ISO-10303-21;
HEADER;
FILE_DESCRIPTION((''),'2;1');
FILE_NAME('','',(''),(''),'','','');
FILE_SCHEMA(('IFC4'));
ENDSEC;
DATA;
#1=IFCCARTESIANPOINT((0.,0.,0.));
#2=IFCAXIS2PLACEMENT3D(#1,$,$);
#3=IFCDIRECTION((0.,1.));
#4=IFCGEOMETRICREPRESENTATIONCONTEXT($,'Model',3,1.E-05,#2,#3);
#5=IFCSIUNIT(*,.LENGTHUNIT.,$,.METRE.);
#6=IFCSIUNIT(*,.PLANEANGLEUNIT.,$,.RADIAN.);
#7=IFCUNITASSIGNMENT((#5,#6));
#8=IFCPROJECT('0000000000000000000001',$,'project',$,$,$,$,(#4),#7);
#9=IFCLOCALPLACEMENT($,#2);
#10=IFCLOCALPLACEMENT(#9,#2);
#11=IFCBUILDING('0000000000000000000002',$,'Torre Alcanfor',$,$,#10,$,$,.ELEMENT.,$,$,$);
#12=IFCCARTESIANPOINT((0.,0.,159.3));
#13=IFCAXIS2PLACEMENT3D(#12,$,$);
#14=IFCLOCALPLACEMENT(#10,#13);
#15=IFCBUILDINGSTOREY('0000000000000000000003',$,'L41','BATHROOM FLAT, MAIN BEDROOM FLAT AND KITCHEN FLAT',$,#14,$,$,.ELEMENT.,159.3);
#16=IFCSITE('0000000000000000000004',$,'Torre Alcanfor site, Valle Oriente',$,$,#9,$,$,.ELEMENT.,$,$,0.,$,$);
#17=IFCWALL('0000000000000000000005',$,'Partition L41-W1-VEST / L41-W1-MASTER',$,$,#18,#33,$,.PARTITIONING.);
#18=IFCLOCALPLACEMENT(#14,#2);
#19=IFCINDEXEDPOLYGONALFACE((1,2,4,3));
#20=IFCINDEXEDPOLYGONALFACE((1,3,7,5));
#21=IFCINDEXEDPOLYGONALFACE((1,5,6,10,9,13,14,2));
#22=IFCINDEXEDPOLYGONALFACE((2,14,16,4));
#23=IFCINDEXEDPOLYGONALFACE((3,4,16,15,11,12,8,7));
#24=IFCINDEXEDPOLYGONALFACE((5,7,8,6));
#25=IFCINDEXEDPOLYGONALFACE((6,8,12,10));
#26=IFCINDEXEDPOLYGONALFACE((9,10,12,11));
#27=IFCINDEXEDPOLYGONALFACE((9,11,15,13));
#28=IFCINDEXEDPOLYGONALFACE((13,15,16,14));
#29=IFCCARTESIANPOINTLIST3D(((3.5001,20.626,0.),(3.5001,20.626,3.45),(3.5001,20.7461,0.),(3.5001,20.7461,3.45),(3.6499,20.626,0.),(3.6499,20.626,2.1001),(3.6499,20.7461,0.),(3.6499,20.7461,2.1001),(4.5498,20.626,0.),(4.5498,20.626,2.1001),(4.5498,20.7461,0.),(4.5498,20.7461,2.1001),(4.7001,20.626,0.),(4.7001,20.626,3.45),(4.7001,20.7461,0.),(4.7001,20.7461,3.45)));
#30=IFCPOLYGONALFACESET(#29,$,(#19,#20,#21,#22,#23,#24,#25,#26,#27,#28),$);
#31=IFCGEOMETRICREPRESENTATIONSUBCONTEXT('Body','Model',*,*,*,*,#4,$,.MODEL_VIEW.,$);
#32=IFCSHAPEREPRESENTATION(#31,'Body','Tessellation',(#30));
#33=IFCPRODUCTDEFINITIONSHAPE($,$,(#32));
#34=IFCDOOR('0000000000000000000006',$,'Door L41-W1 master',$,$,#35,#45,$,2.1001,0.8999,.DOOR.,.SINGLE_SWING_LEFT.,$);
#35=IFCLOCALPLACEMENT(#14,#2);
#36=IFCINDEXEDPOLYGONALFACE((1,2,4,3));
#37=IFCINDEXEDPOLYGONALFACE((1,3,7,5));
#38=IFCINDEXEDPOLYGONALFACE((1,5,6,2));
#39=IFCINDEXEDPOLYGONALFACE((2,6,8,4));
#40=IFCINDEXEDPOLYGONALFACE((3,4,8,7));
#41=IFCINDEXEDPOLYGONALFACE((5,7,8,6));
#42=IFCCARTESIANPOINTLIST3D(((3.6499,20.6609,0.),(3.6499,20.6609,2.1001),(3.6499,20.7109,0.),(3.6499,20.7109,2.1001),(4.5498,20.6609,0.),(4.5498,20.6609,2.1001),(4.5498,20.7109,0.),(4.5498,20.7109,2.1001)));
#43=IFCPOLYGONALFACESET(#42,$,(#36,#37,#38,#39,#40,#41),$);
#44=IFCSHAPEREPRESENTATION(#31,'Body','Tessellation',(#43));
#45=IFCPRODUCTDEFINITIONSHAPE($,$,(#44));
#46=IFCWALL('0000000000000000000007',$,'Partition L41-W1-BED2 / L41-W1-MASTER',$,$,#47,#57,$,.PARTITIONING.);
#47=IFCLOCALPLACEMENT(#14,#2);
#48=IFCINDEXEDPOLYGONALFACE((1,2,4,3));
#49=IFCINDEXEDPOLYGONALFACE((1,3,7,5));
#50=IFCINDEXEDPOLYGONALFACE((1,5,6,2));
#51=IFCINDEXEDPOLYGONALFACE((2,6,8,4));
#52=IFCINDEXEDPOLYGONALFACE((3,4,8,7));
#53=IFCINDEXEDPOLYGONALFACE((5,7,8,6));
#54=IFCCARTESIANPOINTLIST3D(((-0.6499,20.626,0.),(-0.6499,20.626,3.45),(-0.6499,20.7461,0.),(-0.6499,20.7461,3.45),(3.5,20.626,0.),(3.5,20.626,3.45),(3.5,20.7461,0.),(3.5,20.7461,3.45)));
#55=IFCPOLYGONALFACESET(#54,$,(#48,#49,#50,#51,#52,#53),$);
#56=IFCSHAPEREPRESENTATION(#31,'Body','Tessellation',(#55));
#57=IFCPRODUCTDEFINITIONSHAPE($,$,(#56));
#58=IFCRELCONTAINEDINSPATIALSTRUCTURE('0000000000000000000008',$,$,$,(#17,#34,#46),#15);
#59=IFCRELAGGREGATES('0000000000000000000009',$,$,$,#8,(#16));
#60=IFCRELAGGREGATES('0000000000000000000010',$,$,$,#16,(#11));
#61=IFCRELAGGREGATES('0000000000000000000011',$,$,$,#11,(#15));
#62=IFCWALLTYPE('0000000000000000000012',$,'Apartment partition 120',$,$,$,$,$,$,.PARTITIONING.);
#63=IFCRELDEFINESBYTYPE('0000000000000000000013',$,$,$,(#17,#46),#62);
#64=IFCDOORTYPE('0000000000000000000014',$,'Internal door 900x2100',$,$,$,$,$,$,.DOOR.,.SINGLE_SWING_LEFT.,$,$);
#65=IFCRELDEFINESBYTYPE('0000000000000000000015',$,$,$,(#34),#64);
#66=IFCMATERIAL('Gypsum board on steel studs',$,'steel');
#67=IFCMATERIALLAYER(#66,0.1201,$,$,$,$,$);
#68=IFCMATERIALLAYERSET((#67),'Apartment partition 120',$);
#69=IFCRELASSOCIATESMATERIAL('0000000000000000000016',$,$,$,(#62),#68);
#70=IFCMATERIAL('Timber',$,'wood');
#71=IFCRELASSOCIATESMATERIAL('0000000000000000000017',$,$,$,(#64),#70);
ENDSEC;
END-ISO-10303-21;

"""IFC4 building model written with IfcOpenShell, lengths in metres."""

from ifc_helpers import new_model, si_unit, direction, frame, frame_2d, origin, place, context, subcontext, project, spatial, rectangle, extrude, material, layer, layer_set, type_object, element, fill, save


model = new_model("IFC4")

# Units and contexts
model_context = context("Model", 3, precision=1e-05, world=origin(), true_north=direction((0.0, 1.0)))
body_context = subcontext(model_context, "Body", "Model", "MODEL_VIEW")
ifc_project = project(units=[si_unit("LENGTHUNIT", "METRE"), si_unit("PLANEANGLEUNIT", "RADIAN")], contexts=[model_context])

# Site, building, storey
site_placement = place(None, origin())
site = spatial("IfcSite", under=ifc_project, at=site_placement, Name="Torre Alcanfor site, Valle Oriente", CompositionType="ELEMENT", RefElevation=0.0)
building_placement = place(site_placement, origin())
building = spatial("IfcBuilding", under=site, at=building_placement, Name="Torre Alcanfor", CompositionType="ELEMENT")
storey_placement = place(building_placement, frame((0.0, 0.0, 159.3)))
storey = spatial("IfcBuildingStorey", under=building, at=storey_placement, Name="L41", Description="BATHROOM FLAT, MAIN BEDROOM FLAT AND KITCHEN FLAT", CompositionType="ELEMENT", Elevation=159.3)

# Shared definitions
ifc_material_1 = material(Name="Gypsum board on steel studs", Category="steel")
ifc_layer_1 = layer(ifc_material_1, 0.1201)
ifc_layer_set_1 = layer_set([ifc_layer_1], Name="Apartment partition 120")
wall_type = type_object("IfcWallType", Name="Apartment partition 120", PredefinedType="PARTITIONING", material=ifc_layer_set_1)

# Shared definitions
ifc_material_2 = material(Name="Timber", Category="wood")
door_type = type_object("IfcDoorType", Name="Internal door 900x2100", OperationType="SINGLE_SWING_LEFT", PredefinedType="DOOR", material=ifc_material_2)

# Wall, opening, door
wall_1_placement = place(storey_placement, frame((3.5, 20.686, 0.0), z_axis=(0.0, 0.0, 1.0), x_axis=(1.0, 0.0, 0.0)))
wall_1 = element("IfcWall", 1, at=wall_1_placement, inside=storey, type_object=wall_type, Name="Partition L41-W1-VEST / L41-W1-MASTER", PredefinedType="PARTITIONING", context=body_context, shape_type="SweptSolid", body=[
    extrude(rectangle(XDim=1.2, YDim=0.1201, at=frame_2d((0.6001, 0.0))), origin(), (0.0, 0.0, 1.0), 3.45),
])
opening_1_placement = place(wall_1_placement, frame((0.1499, 0.0, 0.0)))
opening_1 = element("IfcOpeningElement", 2, at=opening_1_placement, cuts=wall_1, PredefinedType="OPENING", context=body_context, shape_type="SweptSolid", body=[
    extrude(rectangle(XDim=0.8999, YDim=2.1001, at=frame_2d((0.45, 1.05))), frame((0.0, 0.0701, 0.0), z_axis=(0.0, -1.0, 0.0), x_axis=(1.0, 0.0, 0.0)), (0.0, 0.0, 1.0), 0.1401),
])
door_1_placement = place(opening_1_placement, origin())
door_1 = element("IfcDoor", 3, at=door_1_placement, inside=storey, type_object=door_type, Name="Door L41-W1 master", OperationType="SINGLE_SWING_LEFT", OverallHeight=2.1001, OverallWidth=0.8999, PredefinedType="DOOR", context=body_context, shape_type="SweptSolid", body=[
    extrude(rectangle(XDim=0.8999, YDim=2.1001, at=frame_2d((0.45, 1.05))), frame((0.0, 0.0249, 0.0), z_axis=(0.0, -1.0, 0.0), x_axis=(1.0, 0.0, 0.0)), (0.0, 0.0, 1.0), 0.05),
])
fill(opening_1, door_1)

# Wall
wall_2_placement = place(storey_placement, frame((-0.6499, 20.686, 0.0), z_axis=(0.0, 0.0, 1.0), x_axis=(1.0, 0.0, 0.0)))
element("IfcWall", 4, at=wall_2_placement, inside=storey, type_object=wall_type, Name="Partition L41-W1-BED2 / L41-W1-MASTER", PredefinedType="PARTITIONING", context=body_context, shape_type="SweptSolid", body=[
    extrude(rectangle(XDim=4.1499, YDim=0.1201, at=frame_2d((2.075, 0.0))), origin(), (0.0, 0.0, 1.0), 3.45),
])

save(model, "model.ifc")
